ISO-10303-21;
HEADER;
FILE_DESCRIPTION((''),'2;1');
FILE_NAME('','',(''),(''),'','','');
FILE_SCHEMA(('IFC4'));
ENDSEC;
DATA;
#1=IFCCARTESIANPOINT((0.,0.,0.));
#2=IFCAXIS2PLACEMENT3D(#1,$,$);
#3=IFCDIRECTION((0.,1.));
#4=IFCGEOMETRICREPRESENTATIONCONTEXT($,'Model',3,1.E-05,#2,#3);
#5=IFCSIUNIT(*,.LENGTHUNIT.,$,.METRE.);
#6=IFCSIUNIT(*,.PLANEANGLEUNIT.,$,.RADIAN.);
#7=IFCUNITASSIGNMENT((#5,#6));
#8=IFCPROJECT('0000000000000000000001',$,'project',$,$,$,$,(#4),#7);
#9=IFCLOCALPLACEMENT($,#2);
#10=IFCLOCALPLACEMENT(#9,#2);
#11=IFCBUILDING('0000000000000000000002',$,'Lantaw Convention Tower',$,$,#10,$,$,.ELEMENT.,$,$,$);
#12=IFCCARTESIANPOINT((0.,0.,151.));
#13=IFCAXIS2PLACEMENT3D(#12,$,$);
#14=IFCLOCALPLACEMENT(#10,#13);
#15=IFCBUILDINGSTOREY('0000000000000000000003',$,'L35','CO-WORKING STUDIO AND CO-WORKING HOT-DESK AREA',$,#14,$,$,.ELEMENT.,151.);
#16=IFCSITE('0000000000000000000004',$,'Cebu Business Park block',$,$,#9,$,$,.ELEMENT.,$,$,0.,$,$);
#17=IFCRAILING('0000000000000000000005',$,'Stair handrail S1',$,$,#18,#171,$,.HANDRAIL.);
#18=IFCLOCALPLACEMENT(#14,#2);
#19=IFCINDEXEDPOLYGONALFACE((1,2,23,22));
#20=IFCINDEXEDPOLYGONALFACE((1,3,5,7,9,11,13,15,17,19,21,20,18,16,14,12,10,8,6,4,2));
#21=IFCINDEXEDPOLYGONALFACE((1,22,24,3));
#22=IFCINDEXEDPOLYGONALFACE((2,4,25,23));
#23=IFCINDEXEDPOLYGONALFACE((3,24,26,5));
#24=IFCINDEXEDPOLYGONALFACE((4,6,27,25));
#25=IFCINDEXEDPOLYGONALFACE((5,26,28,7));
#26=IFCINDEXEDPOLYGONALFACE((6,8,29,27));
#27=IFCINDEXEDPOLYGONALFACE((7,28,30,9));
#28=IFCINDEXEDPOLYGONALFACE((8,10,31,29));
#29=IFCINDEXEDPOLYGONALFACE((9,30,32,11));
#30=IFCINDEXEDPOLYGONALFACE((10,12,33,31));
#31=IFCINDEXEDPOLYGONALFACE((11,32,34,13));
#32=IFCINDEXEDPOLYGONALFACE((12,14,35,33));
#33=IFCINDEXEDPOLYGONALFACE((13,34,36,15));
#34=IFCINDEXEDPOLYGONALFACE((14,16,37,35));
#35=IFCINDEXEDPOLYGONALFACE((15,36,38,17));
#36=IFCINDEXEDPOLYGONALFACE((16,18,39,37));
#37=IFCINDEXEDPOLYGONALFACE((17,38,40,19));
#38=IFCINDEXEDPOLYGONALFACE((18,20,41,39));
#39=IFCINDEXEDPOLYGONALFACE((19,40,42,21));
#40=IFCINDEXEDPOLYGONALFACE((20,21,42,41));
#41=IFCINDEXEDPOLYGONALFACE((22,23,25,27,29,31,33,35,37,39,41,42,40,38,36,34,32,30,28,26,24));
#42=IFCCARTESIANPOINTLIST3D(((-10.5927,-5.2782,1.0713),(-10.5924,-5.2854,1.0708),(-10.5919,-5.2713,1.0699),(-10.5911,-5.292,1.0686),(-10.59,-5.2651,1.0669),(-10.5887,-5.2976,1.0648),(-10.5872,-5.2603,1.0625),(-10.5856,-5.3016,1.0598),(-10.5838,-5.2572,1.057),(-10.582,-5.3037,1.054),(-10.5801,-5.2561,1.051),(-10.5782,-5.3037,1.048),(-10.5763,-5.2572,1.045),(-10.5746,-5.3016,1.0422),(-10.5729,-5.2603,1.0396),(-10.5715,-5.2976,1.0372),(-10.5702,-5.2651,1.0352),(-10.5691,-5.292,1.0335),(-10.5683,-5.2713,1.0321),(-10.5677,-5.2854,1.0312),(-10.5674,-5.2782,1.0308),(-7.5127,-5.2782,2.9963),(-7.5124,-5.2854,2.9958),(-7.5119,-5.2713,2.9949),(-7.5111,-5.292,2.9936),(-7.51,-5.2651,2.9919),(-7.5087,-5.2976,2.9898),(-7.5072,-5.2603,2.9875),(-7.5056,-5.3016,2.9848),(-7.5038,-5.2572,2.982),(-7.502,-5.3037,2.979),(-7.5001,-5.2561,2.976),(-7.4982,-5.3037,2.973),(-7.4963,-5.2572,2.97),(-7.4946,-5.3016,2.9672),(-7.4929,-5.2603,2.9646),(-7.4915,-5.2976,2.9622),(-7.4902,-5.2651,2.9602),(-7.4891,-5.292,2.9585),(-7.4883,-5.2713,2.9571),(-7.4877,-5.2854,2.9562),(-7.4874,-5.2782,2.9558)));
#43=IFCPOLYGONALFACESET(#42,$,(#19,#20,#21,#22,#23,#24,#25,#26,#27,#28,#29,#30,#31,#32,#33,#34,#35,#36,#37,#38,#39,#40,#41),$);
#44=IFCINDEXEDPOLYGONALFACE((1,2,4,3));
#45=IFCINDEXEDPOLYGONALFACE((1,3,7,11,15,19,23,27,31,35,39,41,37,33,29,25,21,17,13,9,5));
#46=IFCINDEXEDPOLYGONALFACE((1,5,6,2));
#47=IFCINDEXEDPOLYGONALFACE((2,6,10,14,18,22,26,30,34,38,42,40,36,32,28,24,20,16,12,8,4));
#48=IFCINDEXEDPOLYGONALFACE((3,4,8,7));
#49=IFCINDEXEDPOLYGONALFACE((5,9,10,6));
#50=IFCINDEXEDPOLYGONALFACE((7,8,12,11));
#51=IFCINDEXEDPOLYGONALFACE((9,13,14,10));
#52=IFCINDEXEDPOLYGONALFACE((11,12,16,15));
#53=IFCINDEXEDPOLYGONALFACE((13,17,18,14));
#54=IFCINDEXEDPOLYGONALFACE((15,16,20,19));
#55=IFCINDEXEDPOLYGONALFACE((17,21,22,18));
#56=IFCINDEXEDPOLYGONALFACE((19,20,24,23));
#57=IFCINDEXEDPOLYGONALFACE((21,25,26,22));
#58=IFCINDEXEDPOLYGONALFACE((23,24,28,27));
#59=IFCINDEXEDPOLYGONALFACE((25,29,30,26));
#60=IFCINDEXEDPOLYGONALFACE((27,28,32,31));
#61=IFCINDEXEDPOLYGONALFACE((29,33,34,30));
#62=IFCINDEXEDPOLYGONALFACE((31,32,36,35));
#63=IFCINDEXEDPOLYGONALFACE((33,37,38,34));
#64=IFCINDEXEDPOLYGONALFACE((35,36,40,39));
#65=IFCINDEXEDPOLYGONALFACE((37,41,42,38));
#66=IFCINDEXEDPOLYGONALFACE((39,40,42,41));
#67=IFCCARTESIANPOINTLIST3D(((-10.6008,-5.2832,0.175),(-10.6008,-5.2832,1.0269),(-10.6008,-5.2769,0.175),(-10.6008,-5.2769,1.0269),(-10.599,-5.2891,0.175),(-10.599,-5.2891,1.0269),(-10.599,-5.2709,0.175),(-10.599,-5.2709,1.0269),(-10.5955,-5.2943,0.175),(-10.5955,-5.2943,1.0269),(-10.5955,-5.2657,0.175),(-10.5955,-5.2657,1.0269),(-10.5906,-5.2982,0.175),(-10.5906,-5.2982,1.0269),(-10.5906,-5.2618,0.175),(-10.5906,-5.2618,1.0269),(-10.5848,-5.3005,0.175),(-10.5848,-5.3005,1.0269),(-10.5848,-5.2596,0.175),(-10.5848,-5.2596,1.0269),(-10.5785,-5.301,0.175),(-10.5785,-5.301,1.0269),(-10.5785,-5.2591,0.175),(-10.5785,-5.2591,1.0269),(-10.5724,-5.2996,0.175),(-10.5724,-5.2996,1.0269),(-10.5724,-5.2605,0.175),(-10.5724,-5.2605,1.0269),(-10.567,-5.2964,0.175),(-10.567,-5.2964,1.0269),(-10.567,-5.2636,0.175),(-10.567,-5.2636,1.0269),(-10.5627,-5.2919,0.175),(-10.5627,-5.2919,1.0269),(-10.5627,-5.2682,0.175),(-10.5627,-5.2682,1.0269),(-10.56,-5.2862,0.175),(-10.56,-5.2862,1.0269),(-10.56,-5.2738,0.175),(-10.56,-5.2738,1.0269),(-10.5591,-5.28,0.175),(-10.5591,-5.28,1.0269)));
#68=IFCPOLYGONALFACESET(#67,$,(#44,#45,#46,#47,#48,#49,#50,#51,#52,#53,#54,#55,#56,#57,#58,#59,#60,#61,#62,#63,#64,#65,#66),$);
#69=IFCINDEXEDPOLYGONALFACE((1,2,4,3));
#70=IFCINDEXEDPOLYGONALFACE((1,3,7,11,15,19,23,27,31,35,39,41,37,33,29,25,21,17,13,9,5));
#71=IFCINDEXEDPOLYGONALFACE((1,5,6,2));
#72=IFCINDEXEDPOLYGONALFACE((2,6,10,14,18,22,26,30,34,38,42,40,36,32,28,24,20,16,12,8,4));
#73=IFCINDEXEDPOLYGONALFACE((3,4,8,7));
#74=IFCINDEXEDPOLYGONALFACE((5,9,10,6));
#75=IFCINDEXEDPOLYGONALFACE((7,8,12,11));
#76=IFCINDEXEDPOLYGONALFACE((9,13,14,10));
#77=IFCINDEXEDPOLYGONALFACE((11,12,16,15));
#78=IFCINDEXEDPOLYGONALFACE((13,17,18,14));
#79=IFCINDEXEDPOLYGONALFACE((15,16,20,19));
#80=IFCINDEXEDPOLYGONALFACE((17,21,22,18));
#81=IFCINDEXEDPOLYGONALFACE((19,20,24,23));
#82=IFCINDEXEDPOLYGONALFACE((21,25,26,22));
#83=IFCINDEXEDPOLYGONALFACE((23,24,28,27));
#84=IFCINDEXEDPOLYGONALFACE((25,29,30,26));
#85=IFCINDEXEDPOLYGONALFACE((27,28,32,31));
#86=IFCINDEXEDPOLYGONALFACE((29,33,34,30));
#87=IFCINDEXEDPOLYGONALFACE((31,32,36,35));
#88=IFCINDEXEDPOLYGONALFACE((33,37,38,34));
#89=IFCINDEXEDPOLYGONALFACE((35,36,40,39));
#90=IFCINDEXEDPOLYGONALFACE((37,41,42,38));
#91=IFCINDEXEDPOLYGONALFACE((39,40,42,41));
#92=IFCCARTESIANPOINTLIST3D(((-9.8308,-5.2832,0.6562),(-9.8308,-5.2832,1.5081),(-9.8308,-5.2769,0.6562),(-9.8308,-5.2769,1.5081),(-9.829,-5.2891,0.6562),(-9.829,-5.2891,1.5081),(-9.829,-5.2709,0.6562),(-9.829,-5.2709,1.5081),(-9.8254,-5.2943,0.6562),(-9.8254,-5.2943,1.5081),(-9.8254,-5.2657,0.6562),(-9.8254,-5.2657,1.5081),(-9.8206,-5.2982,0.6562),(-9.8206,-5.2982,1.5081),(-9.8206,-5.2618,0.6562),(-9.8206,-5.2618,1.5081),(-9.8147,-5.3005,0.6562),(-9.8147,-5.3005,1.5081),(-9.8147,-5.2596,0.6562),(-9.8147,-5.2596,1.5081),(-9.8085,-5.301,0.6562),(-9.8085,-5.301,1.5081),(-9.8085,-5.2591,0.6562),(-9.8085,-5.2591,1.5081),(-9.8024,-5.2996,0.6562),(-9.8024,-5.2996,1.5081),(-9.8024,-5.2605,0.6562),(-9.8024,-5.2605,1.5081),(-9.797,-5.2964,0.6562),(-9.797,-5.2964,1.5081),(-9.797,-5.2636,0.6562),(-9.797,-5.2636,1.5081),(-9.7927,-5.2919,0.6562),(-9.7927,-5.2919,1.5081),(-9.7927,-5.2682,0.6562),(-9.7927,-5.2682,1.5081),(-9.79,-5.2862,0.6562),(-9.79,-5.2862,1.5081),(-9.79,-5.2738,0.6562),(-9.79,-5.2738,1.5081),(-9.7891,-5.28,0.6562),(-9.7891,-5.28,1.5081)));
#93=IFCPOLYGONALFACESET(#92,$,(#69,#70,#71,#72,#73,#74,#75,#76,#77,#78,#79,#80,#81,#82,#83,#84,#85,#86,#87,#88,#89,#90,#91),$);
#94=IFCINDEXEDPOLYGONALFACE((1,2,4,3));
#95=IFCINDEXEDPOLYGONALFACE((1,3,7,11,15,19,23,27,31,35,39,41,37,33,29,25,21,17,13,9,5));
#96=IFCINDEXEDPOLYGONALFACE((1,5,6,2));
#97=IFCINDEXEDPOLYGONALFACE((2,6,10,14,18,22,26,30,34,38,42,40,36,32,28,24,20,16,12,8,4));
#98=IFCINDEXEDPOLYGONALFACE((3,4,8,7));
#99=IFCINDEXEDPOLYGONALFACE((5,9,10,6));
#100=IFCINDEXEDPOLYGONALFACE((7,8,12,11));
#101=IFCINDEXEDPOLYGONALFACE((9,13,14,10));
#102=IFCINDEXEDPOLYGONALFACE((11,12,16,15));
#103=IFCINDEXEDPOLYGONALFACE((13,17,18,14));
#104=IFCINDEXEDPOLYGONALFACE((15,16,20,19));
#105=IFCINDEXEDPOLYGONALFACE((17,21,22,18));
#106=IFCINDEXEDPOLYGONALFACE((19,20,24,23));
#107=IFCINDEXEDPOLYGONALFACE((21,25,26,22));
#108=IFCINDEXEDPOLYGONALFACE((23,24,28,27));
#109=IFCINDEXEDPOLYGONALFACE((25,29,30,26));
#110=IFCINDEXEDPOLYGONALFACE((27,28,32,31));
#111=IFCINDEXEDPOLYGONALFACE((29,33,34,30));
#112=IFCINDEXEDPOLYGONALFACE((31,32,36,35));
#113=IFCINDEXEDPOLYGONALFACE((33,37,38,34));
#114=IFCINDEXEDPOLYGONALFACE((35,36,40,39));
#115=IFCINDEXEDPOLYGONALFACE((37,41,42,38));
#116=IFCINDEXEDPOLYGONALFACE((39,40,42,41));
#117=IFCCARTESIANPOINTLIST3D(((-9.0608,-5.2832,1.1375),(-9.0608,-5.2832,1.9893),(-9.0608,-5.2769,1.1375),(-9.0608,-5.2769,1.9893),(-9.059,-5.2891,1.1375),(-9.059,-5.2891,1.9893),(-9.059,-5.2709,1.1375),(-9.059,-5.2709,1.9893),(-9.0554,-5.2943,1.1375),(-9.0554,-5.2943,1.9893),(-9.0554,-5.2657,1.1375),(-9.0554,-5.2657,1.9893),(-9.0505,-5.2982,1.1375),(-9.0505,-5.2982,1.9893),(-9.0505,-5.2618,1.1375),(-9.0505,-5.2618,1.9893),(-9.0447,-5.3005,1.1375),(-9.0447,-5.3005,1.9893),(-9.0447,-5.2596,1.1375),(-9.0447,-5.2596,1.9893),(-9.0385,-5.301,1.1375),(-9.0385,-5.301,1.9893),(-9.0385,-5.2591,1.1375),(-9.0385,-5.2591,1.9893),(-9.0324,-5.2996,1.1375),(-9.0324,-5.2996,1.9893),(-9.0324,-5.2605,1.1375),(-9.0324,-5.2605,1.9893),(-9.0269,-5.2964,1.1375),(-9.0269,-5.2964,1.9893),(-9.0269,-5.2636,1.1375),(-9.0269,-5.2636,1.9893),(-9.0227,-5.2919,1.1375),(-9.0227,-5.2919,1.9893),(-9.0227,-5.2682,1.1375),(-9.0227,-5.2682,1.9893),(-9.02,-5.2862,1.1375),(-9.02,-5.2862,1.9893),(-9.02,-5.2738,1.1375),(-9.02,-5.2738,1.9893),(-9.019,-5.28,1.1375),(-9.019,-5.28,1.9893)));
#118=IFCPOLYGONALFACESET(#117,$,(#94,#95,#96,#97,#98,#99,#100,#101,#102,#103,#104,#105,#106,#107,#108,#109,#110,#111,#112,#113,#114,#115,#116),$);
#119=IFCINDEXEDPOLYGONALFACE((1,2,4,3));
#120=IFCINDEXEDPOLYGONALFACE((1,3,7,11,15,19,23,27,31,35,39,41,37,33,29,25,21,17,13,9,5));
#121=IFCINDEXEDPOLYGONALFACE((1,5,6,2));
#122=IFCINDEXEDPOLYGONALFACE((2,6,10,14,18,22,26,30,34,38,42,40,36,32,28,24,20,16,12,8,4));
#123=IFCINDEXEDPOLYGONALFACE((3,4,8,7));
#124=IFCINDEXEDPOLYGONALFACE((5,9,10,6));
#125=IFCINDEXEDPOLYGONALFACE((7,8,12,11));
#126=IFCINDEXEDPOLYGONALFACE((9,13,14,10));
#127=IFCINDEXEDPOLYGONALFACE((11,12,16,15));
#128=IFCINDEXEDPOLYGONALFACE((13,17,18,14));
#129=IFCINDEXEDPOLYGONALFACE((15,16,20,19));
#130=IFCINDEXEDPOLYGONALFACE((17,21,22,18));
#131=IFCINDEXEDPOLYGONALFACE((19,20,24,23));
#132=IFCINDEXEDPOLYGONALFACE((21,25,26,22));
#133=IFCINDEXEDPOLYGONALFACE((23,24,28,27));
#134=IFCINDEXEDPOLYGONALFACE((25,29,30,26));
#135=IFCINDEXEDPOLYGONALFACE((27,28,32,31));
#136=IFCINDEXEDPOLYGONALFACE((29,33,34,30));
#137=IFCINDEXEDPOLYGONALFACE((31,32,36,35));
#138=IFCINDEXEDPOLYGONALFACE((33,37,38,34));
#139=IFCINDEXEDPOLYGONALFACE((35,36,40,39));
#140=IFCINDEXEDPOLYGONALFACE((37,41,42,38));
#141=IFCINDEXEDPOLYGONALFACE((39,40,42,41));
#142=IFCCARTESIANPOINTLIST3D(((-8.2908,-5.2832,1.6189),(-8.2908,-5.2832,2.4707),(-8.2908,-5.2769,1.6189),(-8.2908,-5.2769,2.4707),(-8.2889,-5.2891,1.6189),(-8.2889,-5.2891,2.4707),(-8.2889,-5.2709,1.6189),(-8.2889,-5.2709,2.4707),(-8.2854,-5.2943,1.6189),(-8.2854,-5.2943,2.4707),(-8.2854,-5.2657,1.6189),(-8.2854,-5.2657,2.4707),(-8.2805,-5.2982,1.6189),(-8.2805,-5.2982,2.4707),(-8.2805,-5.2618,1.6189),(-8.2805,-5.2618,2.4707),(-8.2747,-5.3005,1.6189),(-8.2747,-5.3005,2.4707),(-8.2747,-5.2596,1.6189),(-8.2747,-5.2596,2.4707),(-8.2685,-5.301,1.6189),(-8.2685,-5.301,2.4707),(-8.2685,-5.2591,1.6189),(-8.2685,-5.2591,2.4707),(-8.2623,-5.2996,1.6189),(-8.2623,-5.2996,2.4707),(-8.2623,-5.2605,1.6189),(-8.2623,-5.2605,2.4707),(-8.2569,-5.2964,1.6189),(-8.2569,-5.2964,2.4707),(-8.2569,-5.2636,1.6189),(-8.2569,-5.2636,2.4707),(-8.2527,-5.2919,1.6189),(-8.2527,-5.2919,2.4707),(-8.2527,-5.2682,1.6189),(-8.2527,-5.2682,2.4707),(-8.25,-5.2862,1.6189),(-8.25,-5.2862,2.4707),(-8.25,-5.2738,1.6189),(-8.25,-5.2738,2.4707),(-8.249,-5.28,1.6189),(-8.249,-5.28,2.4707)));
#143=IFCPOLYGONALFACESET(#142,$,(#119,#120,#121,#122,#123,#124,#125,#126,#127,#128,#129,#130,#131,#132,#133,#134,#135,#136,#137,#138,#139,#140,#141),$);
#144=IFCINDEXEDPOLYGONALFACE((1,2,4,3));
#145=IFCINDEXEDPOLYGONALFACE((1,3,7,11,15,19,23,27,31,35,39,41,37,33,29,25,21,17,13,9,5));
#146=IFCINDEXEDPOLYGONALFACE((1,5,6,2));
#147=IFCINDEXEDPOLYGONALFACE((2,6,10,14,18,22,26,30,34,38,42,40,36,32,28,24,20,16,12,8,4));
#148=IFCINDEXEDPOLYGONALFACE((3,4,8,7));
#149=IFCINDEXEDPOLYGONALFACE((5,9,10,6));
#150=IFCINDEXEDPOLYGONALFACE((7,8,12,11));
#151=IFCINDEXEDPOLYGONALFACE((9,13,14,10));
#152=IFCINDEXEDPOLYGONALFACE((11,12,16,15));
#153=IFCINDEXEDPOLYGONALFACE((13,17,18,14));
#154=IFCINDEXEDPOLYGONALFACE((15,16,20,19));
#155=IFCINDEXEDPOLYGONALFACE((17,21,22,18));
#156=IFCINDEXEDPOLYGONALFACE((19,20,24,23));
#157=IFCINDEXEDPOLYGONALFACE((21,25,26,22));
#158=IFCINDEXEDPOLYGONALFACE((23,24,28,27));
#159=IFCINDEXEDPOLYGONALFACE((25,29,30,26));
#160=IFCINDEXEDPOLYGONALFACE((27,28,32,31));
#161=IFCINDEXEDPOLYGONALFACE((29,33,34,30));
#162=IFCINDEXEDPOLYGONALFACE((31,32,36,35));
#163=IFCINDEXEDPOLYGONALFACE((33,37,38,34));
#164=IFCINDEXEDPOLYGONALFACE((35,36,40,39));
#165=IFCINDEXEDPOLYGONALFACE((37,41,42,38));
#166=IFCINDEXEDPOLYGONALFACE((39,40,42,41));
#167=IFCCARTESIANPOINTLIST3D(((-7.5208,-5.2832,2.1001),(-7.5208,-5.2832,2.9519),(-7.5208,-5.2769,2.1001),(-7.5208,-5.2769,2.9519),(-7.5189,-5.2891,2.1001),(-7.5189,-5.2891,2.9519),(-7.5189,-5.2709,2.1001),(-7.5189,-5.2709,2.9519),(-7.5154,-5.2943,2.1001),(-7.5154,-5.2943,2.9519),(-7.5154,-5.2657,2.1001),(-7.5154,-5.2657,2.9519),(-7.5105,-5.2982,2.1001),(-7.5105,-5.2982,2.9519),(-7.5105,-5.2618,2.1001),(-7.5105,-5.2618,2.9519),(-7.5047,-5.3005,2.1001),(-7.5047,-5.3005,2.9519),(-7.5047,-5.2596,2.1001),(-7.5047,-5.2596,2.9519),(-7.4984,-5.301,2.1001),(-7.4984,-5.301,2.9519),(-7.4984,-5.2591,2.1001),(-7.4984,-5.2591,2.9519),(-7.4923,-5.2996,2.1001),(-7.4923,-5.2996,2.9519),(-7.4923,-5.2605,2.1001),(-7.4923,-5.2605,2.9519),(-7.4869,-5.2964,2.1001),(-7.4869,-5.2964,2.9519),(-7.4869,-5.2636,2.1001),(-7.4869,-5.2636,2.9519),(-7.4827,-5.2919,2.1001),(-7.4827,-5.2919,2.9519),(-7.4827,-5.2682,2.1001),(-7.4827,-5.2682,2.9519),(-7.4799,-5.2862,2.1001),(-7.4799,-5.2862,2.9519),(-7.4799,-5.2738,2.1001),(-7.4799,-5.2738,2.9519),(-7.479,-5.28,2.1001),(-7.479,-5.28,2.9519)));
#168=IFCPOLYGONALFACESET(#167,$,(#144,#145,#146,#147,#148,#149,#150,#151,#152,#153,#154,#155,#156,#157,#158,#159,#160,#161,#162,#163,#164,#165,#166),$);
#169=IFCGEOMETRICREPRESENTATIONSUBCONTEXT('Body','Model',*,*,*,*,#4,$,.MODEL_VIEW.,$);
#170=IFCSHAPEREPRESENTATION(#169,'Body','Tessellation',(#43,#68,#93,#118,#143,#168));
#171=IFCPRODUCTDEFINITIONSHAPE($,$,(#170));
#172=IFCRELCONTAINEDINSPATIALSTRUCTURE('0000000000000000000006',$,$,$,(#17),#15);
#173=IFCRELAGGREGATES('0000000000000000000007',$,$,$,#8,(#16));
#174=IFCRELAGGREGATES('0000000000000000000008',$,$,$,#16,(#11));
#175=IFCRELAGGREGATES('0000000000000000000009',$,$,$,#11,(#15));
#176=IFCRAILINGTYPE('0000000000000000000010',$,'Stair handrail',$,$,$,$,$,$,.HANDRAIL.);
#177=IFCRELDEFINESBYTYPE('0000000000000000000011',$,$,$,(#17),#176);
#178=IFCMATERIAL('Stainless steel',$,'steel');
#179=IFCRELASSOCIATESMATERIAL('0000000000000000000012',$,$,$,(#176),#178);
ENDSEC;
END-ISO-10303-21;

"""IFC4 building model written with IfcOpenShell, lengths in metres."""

from ifc_helpers import new_model, si_unit, direction, frame, origin, origin_2d, place, context, subcontext, project, spatial, circle, extrude, material, type_object, element, save


model = new_model("IFC4")

# Units and contexts
model_context = context("Model", 3, precision=1e-05, world=origin(), true_north=direction((0.0, 1.0)))
body_context = subcontext(model_context, "Body", "Model", "MODEL_VIEW")
ifc_project = project(units=[si_unit("LENGTHUNIT", "METRE"), si_unit("PLANEANGLEUNIT", "RADIAN")], contexts=[model_context])

# Site, building, storey
site_placement = place(None, origin())
site = spatial("IfcSite", under=ifc_project, at=site_placement, Name="Cebu Business Park block", CompositionType="ELEMENT", RefElevation=0.0)
building_placement = place(site_placement, origin())
building = spatial("IfcBuilding", under=site, at=building_placement, Name="Lantaw Convention Tower", CompositionType="ELEMENT")
storey_placement = place(building_placement, frame((0.0, 0.0, 151.0)))
storey = spatial("IfcBuildingStorey", under=building, at=storey_placement, Name="L35", Description="CO-WORKING STUDIO AND CO-WORKING HOT-DESK AREA", CompositionType="ELEMENT", Elevation=151.0)

# Railing
ifc_material_1 = material(Name="Stainless steel", Category="steel")
railing_type = type_object("IfcRailingType", Name="Stair handrail", PredefinedType="HANDRAIL", material=ifc_material_1)
railing_1_placement = place(storey_placement, frame((-10.5801, -5.28, 0.175)))
element("IfcRailing", 1, at=railing_1_placement, inside=storey, type_object=railing_type, Name="Stair handrail S1", PredefinedType="HANDRAIL", context=body_context, shape_type="SweptSolid", body=[
    extrude(circle(Radius=0.0239, at=origin_2d()), frame((0.0, 0.0, 0.876), z_axis=(0.847998, 0.0, 0.529999), x_axis=(0.0, 1.0, 0.0)), (0.0, 0.0, 1.0), 3.6321),
    extrude(circle(Radius=0.021, at=origin_2d()), origin(), (0.0, 0.0, 1.0), 0.8518),
    extrude(circle(Radius=0.021, at=origin_2d()), frame((0.77, 0.0, 0.4812)), (0.0, 0.0, 1.0), 0.8518),
    extrude(circle(Radius=0.021, at=origin_2d()), frame((1.54, 0.0, 0.9624)), (0.0, 0.0, 1.0), 0.8518),
    extrude(circle(Radius=0.021, at=origin_2d()), frame((2.3101, 0.0, 1.4438)), (0.0, 0.0, 1.0), 0.8518),
    extrude(circle(Radius=0.021, at=origin_2d()), frame((3.0801, 0.0, 1.925)), (0.0, 0.0, 1.0), 0.8518),
])

save(model, "model.ifc")
